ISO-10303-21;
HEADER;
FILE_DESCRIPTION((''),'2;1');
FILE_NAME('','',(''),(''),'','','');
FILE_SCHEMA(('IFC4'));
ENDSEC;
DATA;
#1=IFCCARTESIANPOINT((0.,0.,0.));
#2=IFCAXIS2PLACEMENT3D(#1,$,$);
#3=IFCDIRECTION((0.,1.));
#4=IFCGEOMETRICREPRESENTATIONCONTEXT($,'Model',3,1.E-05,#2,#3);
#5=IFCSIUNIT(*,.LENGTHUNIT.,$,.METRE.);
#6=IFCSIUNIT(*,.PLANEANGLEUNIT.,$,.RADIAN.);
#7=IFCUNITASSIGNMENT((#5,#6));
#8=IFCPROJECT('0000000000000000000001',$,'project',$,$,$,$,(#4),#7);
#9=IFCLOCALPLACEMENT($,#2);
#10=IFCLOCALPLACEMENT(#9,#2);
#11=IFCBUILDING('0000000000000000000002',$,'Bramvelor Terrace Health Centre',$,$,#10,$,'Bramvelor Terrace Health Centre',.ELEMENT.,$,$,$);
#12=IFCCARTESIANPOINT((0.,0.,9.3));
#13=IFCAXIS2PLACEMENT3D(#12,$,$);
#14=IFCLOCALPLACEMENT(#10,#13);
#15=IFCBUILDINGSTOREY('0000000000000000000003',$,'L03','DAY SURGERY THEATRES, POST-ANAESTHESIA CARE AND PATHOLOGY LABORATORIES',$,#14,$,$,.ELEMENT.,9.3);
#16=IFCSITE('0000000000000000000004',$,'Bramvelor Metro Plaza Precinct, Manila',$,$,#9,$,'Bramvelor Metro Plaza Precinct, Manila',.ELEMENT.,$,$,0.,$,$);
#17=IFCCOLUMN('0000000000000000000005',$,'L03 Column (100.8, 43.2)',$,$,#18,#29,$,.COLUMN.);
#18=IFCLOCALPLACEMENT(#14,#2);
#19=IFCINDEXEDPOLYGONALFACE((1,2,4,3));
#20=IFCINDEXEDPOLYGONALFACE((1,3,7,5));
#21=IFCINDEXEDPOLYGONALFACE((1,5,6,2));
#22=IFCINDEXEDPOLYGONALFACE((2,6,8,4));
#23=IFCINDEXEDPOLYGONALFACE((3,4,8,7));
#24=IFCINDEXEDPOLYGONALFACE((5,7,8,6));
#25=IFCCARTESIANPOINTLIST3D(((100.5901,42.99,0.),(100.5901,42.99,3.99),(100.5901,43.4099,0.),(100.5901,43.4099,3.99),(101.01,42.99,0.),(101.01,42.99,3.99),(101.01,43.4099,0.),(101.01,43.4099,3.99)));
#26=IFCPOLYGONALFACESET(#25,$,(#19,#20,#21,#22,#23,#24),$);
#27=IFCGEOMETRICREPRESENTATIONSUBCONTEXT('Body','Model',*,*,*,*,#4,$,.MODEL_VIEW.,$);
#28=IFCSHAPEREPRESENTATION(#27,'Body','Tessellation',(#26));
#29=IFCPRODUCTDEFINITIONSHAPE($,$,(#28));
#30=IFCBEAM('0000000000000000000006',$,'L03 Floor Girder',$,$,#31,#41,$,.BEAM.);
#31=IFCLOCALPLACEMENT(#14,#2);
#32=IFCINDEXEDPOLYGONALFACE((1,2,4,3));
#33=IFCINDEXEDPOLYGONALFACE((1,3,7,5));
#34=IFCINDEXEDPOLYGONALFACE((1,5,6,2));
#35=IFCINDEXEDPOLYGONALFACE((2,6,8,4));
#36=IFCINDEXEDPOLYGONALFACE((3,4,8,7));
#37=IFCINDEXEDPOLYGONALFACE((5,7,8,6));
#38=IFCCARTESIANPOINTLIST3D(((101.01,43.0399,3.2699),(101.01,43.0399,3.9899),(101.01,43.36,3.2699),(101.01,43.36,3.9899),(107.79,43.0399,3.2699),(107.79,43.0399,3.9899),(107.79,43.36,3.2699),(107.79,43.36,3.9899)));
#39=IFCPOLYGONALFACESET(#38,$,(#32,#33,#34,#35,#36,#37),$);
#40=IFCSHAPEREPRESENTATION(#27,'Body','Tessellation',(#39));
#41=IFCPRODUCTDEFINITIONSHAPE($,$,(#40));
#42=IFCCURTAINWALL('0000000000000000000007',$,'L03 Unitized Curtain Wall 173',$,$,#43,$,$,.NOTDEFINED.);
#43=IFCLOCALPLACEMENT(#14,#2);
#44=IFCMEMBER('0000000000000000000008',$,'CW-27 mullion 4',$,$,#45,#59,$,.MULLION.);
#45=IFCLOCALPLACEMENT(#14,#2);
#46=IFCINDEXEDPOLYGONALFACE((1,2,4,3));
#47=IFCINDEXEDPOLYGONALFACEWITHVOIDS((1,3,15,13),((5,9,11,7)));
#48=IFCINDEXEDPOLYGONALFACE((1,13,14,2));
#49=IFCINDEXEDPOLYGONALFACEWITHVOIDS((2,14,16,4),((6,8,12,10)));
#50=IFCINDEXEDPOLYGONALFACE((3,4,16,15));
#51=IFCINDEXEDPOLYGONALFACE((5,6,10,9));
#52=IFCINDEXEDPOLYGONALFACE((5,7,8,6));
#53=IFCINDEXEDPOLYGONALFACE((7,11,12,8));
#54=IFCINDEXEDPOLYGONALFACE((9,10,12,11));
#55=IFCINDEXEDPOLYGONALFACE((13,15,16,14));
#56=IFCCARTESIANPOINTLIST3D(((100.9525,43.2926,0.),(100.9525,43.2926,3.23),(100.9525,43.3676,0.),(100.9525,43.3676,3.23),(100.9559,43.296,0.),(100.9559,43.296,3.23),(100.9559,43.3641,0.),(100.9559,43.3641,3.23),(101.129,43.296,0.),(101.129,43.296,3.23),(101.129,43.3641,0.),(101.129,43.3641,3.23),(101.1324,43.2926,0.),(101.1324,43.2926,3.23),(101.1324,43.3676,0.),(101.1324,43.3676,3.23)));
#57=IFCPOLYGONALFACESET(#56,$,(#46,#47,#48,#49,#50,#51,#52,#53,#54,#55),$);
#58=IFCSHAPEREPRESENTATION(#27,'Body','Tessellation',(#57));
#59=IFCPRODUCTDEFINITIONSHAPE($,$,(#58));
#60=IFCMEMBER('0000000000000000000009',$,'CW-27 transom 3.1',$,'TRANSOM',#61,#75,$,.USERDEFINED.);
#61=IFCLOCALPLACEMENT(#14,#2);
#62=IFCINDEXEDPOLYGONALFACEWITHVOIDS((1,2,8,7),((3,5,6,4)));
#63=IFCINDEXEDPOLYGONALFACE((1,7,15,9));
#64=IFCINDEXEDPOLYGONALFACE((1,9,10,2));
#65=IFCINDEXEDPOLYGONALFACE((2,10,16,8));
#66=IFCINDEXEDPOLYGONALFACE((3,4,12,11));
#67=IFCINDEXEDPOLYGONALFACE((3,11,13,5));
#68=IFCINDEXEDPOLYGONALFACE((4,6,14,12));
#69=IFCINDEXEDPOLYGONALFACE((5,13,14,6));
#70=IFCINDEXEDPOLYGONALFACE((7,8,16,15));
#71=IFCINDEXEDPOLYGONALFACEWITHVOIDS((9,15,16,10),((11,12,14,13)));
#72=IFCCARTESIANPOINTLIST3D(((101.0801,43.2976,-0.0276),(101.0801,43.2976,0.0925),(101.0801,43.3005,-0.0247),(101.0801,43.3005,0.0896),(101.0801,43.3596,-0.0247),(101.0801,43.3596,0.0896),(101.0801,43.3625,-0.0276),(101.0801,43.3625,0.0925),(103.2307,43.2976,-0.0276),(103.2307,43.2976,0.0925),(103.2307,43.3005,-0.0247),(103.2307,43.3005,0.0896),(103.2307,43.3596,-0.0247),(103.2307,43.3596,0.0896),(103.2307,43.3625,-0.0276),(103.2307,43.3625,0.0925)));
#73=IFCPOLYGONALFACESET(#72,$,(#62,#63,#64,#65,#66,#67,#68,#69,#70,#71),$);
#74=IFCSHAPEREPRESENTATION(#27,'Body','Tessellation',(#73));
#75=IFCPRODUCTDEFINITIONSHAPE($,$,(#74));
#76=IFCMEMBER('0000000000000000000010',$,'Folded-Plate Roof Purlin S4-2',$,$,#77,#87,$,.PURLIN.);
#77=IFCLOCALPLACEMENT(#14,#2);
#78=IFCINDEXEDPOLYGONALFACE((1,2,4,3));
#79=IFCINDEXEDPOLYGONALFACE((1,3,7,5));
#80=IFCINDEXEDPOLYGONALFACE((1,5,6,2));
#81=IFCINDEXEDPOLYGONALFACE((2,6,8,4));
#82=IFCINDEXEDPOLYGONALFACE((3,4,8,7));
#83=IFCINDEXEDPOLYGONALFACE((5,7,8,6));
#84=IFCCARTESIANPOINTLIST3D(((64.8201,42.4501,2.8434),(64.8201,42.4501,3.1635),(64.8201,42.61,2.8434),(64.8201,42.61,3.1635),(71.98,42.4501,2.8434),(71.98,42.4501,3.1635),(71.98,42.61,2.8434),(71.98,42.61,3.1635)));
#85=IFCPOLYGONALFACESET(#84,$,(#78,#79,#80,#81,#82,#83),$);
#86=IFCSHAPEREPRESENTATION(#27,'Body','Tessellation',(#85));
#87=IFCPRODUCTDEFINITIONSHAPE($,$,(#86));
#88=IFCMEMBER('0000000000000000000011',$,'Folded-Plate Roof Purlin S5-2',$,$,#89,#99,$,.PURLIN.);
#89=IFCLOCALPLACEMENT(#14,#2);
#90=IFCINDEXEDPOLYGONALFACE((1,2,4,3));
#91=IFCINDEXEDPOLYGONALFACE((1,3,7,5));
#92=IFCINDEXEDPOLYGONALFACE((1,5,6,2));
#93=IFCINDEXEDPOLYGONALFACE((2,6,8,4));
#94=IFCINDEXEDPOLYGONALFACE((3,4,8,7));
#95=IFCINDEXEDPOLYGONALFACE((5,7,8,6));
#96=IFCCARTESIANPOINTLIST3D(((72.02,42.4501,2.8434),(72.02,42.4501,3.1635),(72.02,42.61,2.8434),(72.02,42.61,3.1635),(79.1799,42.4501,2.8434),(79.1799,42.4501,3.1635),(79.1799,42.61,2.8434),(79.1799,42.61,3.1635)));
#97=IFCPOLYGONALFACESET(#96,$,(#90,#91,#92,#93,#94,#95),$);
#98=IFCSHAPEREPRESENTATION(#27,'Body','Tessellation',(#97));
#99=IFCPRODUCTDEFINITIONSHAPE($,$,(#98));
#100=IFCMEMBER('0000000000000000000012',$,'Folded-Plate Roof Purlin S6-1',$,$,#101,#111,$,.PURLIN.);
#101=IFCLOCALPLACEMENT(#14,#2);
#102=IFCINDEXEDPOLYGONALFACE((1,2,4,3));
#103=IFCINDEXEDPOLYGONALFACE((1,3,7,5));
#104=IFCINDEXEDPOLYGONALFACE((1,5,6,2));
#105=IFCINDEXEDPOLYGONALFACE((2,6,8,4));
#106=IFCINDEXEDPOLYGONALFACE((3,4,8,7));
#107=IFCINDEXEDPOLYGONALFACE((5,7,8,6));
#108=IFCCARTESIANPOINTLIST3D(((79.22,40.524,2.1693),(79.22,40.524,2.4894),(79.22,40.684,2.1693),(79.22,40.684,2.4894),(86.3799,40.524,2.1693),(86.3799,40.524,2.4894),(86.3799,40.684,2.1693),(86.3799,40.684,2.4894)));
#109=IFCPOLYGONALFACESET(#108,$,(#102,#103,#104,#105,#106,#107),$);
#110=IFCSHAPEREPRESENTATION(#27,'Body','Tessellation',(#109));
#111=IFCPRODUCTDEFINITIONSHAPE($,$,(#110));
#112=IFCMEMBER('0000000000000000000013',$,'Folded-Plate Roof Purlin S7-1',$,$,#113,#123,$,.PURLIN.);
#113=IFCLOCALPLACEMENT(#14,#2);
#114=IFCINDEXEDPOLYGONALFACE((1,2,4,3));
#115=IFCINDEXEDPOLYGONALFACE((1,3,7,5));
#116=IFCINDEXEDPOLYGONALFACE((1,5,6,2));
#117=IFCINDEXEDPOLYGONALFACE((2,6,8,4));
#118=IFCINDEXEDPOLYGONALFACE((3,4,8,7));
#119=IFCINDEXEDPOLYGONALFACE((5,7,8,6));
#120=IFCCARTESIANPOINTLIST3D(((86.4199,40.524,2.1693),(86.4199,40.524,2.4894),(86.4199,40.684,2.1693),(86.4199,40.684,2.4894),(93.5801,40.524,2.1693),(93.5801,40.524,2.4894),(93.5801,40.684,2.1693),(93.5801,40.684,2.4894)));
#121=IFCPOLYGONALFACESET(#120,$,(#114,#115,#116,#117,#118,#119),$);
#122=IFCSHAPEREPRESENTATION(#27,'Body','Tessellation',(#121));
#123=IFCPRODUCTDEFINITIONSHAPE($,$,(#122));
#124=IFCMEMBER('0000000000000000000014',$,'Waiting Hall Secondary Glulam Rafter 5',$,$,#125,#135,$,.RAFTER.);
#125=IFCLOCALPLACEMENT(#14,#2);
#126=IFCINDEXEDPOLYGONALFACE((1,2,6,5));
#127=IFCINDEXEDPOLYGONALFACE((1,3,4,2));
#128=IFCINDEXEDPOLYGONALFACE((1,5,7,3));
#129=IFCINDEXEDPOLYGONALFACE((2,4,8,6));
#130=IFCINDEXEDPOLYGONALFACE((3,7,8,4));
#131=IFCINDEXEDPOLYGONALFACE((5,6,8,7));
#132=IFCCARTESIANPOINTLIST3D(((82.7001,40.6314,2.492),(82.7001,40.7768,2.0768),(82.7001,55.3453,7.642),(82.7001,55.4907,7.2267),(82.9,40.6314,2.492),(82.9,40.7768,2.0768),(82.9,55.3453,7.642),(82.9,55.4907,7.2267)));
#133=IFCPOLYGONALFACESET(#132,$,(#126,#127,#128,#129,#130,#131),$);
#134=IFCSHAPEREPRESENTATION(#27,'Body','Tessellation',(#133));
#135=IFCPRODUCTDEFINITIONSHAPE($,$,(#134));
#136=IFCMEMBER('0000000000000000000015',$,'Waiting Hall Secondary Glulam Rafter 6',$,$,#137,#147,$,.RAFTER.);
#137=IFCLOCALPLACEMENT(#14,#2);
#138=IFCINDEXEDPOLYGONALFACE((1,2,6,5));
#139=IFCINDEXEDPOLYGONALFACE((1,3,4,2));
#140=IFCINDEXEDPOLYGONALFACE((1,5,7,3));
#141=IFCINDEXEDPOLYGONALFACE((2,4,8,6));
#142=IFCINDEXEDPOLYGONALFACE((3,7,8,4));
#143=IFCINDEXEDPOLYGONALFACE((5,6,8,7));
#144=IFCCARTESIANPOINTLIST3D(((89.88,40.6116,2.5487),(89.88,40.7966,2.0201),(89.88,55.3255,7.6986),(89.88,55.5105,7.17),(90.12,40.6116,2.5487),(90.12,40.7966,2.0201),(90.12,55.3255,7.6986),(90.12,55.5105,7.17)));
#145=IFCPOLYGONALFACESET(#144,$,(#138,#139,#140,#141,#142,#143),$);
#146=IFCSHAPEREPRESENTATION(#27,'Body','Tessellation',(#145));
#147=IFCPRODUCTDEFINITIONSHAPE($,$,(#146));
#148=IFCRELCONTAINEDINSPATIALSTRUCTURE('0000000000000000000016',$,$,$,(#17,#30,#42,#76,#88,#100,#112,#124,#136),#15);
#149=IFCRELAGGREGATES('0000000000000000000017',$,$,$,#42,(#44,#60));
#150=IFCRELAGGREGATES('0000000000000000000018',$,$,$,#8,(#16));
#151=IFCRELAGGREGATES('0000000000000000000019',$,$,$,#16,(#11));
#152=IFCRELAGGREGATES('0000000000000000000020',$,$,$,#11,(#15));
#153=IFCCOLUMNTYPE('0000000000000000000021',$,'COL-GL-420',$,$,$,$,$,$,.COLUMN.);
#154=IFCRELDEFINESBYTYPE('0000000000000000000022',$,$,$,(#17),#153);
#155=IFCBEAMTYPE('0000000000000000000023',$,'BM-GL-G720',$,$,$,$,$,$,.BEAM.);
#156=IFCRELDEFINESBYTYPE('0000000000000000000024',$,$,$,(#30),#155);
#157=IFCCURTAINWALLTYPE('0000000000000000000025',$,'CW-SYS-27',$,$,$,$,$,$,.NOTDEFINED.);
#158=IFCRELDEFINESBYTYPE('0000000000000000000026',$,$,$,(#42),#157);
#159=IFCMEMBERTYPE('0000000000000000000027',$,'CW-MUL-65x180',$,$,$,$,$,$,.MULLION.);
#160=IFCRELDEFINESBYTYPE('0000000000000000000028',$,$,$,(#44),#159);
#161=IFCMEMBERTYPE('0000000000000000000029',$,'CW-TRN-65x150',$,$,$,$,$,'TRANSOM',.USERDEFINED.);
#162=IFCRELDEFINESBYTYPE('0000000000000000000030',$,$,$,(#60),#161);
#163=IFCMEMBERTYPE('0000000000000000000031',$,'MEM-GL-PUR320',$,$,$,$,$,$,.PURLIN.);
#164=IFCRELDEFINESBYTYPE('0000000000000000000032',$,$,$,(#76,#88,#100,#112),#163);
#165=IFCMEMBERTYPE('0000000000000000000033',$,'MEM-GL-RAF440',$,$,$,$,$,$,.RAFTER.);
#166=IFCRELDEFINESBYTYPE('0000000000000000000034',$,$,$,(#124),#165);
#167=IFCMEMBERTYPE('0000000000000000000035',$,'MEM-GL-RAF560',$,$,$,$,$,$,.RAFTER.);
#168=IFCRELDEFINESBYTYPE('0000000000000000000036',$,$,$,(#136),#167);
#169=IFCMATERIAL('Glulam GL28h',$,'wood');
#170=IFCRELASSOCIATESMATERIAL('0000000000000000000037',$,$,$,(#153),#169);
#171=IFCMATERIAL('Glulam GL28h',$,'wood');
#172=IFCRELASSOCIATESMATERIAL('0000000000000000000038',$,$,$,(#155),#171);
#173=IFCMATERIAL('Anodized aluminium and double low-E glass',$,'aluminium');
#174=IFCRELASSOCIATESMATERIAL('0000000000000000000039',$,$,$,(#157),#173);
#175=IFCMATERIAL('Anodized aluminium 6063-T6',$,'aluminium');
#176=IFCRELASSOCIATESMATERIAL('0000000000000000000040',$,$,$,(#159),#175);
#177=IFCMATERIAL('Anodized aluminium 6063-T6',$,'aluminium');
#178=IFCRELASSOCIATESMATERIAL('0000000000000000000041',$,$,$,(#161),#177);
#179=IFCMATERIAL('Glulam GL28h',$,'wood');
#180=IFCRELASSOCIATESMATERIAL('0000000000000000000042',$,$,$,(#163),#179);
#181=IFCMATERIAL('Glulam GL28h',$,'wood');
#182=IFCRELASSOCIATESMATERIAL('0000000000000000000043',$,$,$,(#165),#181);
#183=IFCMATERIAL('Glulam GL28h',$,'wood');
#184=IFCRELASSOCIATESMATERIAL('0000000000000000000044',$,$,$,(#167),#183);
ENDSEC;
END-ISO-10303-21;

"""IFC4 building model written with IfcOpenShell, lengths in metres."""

from ifc_helpers import new_model, si_unit, direction, frame, origin, origin_2d, place, context, subcontext, project, spatial, rectangle, hollow_rectangle, extrude, material, material_profile, profile_set, type_object, element, aggregate, save


model = new_model("IFC4")

# Units and contexts
model_context = context("Model", 3, precision=1e-05, world=origin(), true_north=direction((0.0, 1.0)))
body_context = subcontext(model_context, "Body", "Model", "MODEL_VIEW")
ifc_project = project(units=[si_unit("LENGTHUNIT", "METRE"), si_unit("PLANEANGLEUNIT", "RADIAN")], contexts=[model_context])

# Site, building, storey
site_placement = place(None, origin())
site = spatial("IfcSite", under=ifc_project, at=site_placement, Name="Bramvelor Metro Plaza Precinct, Manila", LongName="Bramvelor Metro Plaza Precinct, Manila", CompositionType="ELEMENT", RefElevation=0.0)
building_placement = place(site_placement, origin())
building = spatial("IfcBuilding", under=site, at=building_placement, Name="Bramvelor Terrace Health Centre", LongName="Bramvelor Terrace Health Centre", CompositionType="ELEMENT")
storey_placement = place(building_placement, frame((0.0, 0.0, 9.3)))
storey = spatial("IfcBuildingStorey", under=building, at=storey_placement, Name="L03", Description="DAY SURGERY THEATRES, POST-ANAESTHESIA CARE AND PATHOLOGY LABORATORIES", CompositionType="ELEMENT", Elevation=9.3)

# Column
ifc_material_1 = material(Name="Glulam GL28h", Category="wood")
ifc_material_profile_1 = material_profile(ifc_material_1, rectangle(XDim=0.4199, YDim=0.4199, at=origin_2d()), Name="GL 420x420")
ifc_profile_set_1 = profile_set([ifc_material_profile_1], Name="Glulam GL28h")
column_type = type_object("IfcColumnType", Name="COL-GL-420", PredefinedType="COLUMN", material=ifc_profile_set_1)
column_placement = place(storey_placement, frame((100.8, 43.2, 0.0), z_axis=(0.0, 0.0, 1.0), x_axis=(1.0, 0.0, 0.0)))
element("IfcColumn", 1, at=column_placement, inside=storey, type_object=column_type, Name="L03 Column (100.8, 43.2)", PredefinedType="COLUMN", context=body_context, shape_type="SweptSolid", body=[
    extrude(rectangle(XDim=0.4199, YDim=0.4199, at=origin_2d()), origin(), (0.0, 0.0, 1.0), 3.99),
])

# Beam
ifc_material_2 = material(Name="Glulam GL28h", Category="wood")
ifc_material_profile_2 = material_profile(ifc_material_2, rectangle(XDim=0.3201, YDim=0.72, at=origin_2d()), Name="GL 320x720")
ifc_profile_set_2 = profile_set([ifc_material_profile_2], Name="Glulam GL28h")
beam_type = type_object("IfcBeamType", Name="BM-GL-G720", PredefinedType="BEAM", material=ifc_profile_set_2)
beam_placement = place(storey_placement, frame((101.01, 43.2, 3.6299), z_axis=(1.0, 0.0, 0.0), x_axis=(0.0, 1.0, 0.0)))
element("IfcBeam", 2, at=beam_placement, inside=storey, type_object=beam_type, Name="L03 Floor Girder", PredefinedType="BEAM", context=body_context, shape_type="SweptSolid", body=[
    extrude(rectangle(XDim=0.3201, YDim=0.72, at=origin_2d()), origin(), (0.0, 0.0, 1.0), 6.78),
])

# Curtain wall, members
ifc_material_3 = material(Name="Anodized aluminium and double low-E glass", Category="aluminium")
curtain_wall_type = type_object("IfcCurtainWallType", Name="CW-SYS-27", PredefinedType="NOTDEFINED", material=ifc_material_3)
curtain_wall_placement = place(storey_placement, origin())
curtain_wall = element("IfcCurtainWall", 3, at=curtain_wall_placement, inside=storey, type_object=curtain_wall_type, Name="L03 Unitized Curtain Wall 173", PredefinedType="NOTDEFINED")
ifc_material_4 = material(Name="Anodized aluminium 6063-T6", Category="aluminium")
ifc_material_profile_3 = material_profile(ifc_material_4, hollow_rectangle(XDim=0.075, YDim=0.1799, WallThickness=0.0034, at=origin_2d()), Name="ALU-MUL 75x180x3.5")
ifc_profile_set_3 = profile_set([ifc_material_profile_3], Name="Anodized aluminium 6063-T6")
member_type_1 = type_object("IfcMemberType", Name="CW-MUL-65x180", PredefinedType="MULLION", material=ifc_profile_set_3)
member_1_placement = place(storey_placement, frame((101.0425, 43.3301, 0.0), z_axis=(0.0, 0.0, 1.0), x_axis=(0.0, -1.0, 0.0)))
member_1 = element("IfcMember", 4, at=member_1_placement, type_object=member_type_1, Name="CW-27 mullion 4", PredefinedType="MULLION", context=body_context, shape_type="SweptSolid", body=[
    extrude(hollow_rectangle(XDim=0.075, YDim=0.1799, WallThickness=0.0034, at=origin_2d()), origin(), (0.0, 0.0, 1.0), 3.23),
])
ifc_material_5 = material(Name="Anodized aluminium 6063-T6", Category="aluminium")
ifc_material_profile_4 = material_profile(ifc_material_5, hollow_rectangle(XDim=0.0649, YDim=0.1201, WallThickness=0.0029, at=origin_2d()), Name="ALU-TRN 65x120x3.0")
ifc_profile_set_4 = profile_set([ifc_material_profile_4], Name="Anodized aluminium 6063-T6")
member_type_2 = type_object("IfcMemberType", Name="CW-TRN-65x150", ElementType="TRANSOM", PredefinedType="USERDEFINED", material=ifc_profile_set_4)
member_2_placement = place(storey_placement, frame((103.2307, 43.3301, 0.0325), z_axis=(-1.0, 0.0, 0.0), x_axis=(0.0, -1.0, 0.0)))
member_2 = element("IfcMember", 5, at=member_2_placement, type_object=member_type_2, Name="CW-27 transom 3.1", ObjectType="TRANSOM", PredefinedType="USERDEFINED", context=body_context, shape_type="SweptSolid", body=[
    extrude(hollow_rectangle(XDim=0.0649, YDim=0.1201, WallThickness=0.0029, at=origin_2d()), origin(), (0.0, 0.0, 1.0), 2.1506),
])

# Members
ifc_material_6 = material(Name="Glulam GL28h", Category="wood")
ifc_material_profile_5 = material_profile(ifc_material_6, rectangle(XDim=0.1599, YDim=0.3201, at=origin_2d()), Name="GL 160x320")
ifc_profile_set_5 = profile_set([ifc_material_profile_5], Name="Glulam GL28h")
member_type_3 = type_object("IfcMemberType", Name="MEM-GL-PUR320", PredefinedType="PURLIN", material=ifc_profile_set_5)
for number, where, z_axis, x_axis, name in (
    (6, (64.8201, 42.53, 3.0034), (1.0, 0.0, 0.0), (0.0, 1.0, 0.0), "Folded-Plate Roof Purlin S4-2"),
    (7, (72.02, 42.53, 3.0034), (1.0, 0.0, 0.0), (0.0, 1.0, 0.0), "Folded-Plate Roof Purlin S5-2"),
    (8, (79.22, 40.604, 2.3293), (1.0, 0.0, 0.0), (0.0, 1.0, 0.0), "Folded-Plate Roof Purlin S6-1"),
):
    element("IfcMember", number, at=place(storey_placement, frame(where, z_axis=z_axis, x_axis=x_axis)), inside=storey, type_object=member_type_3, Name=name, PredefinedType="PURLIN", context=body_context, shape_type="SweptSolid", body=[
        extrude(rectangle(XDim=0.1599, YDim=0.3201, at=origin_2d()), origin(), (0.0, 0.0, 1.0), 7.1599),
    ])
member_3_placement = place(storey_placement, frame((86.4199, 40.604, 2.3293), z_axis=(1.0, 0.0, 0.0), x_axis=(0.0, 1.0, 0.0)))
element("IfcMember", 9, at=member_3_placement, inside=storey, type_object=member_type_3, Name="Folded-Plate Roof Purlin S7-1", PredefinedType="PURLIN", context=body_context, shape_type="SweptSolid", body=[
    extrude(rectangle(XDim=0.1599, YDim=0.3201, at=origin_2d()), origin(), (0.0, 0.0, 1.0), 7.1602),
])
ifc_material_7 = material(Name="Glulam GL28h", Category="wood")
ifc_material_profile_6 = material_profile(ifc_material_7, rectangle(XDim=0.2, YDim=0.4399, at=origin_2d()), Name="GL 200x440")
ifc_profile_set_6 = profile_set([ifc_material_profile_6], Name="Glulam GL28h")
member_type_4 = type_object("IfcMemberType", Name="MEM-GL-RAF440", PredefinedType="RAFTER", material=ifc_profile_set_6)
member_4_placement = place(storey_placement, frame((82.8, 40.7041, 2.2844), z_axis=(0.0, 0.943857, 0.330353), x_axis=(-1.0, 0.0, 0.0)))
element("IfcMember", 10, at=member_4_placement, inside=storey, type_object=member_type_4, Name="Waiting Hall Secondary Glulam Rafter 5", PredefinedType="RAFTER", context=body_context, shape_type="SweptSolid", body=[
    extrude(rectangle(XDim=0.2, YDim=0.4399, at=origin_2d()), origin(), (0.0, 0.0, 1.0), 15.5891),
])
ifc_material_8 = material(Name="Glulam GL28h", Category="wood")
ifc_material_profile_7 = material_profile(ifc_material_8, rectangle(XDim=0.24, YDim=0.5601, at=origin_2d()), Name="GL 240x560")
ifc_profile_set_7 = profile_set([ifc_material_profile_7], Name="Glulam GL28h")
member_type_5 = type_object("IfcMemberType", Name="MEM-GL-RAF560", PredefinedType="RAFTER", material=ifc_profile_set_7)
member_5_placement = place(storey_placement, frame((90.0, 40.7041, 2.2844), z_axis=(0.0, 0.943857, 0.330353), x_axis=(-1.0, 0.0, 0.0)))
element("IfcMember", 11, at=member_5_placement, inside=storey, type_object=member_type_5, Name="Waiting Hall Secondary Glulam Rafter 6", PredefinedType="RAFTER", context=body_context, shape_type="SweptSolid", body=[
    extrude(rectangle(XDim=0.24, YDim=0.5601, at=origin_2d()), origin(), (0.0, 0.0, 1.0), 15.5891),
])

aggregate(curtain_wall, [member_1, member_2])

save(model, "model.ifc")
